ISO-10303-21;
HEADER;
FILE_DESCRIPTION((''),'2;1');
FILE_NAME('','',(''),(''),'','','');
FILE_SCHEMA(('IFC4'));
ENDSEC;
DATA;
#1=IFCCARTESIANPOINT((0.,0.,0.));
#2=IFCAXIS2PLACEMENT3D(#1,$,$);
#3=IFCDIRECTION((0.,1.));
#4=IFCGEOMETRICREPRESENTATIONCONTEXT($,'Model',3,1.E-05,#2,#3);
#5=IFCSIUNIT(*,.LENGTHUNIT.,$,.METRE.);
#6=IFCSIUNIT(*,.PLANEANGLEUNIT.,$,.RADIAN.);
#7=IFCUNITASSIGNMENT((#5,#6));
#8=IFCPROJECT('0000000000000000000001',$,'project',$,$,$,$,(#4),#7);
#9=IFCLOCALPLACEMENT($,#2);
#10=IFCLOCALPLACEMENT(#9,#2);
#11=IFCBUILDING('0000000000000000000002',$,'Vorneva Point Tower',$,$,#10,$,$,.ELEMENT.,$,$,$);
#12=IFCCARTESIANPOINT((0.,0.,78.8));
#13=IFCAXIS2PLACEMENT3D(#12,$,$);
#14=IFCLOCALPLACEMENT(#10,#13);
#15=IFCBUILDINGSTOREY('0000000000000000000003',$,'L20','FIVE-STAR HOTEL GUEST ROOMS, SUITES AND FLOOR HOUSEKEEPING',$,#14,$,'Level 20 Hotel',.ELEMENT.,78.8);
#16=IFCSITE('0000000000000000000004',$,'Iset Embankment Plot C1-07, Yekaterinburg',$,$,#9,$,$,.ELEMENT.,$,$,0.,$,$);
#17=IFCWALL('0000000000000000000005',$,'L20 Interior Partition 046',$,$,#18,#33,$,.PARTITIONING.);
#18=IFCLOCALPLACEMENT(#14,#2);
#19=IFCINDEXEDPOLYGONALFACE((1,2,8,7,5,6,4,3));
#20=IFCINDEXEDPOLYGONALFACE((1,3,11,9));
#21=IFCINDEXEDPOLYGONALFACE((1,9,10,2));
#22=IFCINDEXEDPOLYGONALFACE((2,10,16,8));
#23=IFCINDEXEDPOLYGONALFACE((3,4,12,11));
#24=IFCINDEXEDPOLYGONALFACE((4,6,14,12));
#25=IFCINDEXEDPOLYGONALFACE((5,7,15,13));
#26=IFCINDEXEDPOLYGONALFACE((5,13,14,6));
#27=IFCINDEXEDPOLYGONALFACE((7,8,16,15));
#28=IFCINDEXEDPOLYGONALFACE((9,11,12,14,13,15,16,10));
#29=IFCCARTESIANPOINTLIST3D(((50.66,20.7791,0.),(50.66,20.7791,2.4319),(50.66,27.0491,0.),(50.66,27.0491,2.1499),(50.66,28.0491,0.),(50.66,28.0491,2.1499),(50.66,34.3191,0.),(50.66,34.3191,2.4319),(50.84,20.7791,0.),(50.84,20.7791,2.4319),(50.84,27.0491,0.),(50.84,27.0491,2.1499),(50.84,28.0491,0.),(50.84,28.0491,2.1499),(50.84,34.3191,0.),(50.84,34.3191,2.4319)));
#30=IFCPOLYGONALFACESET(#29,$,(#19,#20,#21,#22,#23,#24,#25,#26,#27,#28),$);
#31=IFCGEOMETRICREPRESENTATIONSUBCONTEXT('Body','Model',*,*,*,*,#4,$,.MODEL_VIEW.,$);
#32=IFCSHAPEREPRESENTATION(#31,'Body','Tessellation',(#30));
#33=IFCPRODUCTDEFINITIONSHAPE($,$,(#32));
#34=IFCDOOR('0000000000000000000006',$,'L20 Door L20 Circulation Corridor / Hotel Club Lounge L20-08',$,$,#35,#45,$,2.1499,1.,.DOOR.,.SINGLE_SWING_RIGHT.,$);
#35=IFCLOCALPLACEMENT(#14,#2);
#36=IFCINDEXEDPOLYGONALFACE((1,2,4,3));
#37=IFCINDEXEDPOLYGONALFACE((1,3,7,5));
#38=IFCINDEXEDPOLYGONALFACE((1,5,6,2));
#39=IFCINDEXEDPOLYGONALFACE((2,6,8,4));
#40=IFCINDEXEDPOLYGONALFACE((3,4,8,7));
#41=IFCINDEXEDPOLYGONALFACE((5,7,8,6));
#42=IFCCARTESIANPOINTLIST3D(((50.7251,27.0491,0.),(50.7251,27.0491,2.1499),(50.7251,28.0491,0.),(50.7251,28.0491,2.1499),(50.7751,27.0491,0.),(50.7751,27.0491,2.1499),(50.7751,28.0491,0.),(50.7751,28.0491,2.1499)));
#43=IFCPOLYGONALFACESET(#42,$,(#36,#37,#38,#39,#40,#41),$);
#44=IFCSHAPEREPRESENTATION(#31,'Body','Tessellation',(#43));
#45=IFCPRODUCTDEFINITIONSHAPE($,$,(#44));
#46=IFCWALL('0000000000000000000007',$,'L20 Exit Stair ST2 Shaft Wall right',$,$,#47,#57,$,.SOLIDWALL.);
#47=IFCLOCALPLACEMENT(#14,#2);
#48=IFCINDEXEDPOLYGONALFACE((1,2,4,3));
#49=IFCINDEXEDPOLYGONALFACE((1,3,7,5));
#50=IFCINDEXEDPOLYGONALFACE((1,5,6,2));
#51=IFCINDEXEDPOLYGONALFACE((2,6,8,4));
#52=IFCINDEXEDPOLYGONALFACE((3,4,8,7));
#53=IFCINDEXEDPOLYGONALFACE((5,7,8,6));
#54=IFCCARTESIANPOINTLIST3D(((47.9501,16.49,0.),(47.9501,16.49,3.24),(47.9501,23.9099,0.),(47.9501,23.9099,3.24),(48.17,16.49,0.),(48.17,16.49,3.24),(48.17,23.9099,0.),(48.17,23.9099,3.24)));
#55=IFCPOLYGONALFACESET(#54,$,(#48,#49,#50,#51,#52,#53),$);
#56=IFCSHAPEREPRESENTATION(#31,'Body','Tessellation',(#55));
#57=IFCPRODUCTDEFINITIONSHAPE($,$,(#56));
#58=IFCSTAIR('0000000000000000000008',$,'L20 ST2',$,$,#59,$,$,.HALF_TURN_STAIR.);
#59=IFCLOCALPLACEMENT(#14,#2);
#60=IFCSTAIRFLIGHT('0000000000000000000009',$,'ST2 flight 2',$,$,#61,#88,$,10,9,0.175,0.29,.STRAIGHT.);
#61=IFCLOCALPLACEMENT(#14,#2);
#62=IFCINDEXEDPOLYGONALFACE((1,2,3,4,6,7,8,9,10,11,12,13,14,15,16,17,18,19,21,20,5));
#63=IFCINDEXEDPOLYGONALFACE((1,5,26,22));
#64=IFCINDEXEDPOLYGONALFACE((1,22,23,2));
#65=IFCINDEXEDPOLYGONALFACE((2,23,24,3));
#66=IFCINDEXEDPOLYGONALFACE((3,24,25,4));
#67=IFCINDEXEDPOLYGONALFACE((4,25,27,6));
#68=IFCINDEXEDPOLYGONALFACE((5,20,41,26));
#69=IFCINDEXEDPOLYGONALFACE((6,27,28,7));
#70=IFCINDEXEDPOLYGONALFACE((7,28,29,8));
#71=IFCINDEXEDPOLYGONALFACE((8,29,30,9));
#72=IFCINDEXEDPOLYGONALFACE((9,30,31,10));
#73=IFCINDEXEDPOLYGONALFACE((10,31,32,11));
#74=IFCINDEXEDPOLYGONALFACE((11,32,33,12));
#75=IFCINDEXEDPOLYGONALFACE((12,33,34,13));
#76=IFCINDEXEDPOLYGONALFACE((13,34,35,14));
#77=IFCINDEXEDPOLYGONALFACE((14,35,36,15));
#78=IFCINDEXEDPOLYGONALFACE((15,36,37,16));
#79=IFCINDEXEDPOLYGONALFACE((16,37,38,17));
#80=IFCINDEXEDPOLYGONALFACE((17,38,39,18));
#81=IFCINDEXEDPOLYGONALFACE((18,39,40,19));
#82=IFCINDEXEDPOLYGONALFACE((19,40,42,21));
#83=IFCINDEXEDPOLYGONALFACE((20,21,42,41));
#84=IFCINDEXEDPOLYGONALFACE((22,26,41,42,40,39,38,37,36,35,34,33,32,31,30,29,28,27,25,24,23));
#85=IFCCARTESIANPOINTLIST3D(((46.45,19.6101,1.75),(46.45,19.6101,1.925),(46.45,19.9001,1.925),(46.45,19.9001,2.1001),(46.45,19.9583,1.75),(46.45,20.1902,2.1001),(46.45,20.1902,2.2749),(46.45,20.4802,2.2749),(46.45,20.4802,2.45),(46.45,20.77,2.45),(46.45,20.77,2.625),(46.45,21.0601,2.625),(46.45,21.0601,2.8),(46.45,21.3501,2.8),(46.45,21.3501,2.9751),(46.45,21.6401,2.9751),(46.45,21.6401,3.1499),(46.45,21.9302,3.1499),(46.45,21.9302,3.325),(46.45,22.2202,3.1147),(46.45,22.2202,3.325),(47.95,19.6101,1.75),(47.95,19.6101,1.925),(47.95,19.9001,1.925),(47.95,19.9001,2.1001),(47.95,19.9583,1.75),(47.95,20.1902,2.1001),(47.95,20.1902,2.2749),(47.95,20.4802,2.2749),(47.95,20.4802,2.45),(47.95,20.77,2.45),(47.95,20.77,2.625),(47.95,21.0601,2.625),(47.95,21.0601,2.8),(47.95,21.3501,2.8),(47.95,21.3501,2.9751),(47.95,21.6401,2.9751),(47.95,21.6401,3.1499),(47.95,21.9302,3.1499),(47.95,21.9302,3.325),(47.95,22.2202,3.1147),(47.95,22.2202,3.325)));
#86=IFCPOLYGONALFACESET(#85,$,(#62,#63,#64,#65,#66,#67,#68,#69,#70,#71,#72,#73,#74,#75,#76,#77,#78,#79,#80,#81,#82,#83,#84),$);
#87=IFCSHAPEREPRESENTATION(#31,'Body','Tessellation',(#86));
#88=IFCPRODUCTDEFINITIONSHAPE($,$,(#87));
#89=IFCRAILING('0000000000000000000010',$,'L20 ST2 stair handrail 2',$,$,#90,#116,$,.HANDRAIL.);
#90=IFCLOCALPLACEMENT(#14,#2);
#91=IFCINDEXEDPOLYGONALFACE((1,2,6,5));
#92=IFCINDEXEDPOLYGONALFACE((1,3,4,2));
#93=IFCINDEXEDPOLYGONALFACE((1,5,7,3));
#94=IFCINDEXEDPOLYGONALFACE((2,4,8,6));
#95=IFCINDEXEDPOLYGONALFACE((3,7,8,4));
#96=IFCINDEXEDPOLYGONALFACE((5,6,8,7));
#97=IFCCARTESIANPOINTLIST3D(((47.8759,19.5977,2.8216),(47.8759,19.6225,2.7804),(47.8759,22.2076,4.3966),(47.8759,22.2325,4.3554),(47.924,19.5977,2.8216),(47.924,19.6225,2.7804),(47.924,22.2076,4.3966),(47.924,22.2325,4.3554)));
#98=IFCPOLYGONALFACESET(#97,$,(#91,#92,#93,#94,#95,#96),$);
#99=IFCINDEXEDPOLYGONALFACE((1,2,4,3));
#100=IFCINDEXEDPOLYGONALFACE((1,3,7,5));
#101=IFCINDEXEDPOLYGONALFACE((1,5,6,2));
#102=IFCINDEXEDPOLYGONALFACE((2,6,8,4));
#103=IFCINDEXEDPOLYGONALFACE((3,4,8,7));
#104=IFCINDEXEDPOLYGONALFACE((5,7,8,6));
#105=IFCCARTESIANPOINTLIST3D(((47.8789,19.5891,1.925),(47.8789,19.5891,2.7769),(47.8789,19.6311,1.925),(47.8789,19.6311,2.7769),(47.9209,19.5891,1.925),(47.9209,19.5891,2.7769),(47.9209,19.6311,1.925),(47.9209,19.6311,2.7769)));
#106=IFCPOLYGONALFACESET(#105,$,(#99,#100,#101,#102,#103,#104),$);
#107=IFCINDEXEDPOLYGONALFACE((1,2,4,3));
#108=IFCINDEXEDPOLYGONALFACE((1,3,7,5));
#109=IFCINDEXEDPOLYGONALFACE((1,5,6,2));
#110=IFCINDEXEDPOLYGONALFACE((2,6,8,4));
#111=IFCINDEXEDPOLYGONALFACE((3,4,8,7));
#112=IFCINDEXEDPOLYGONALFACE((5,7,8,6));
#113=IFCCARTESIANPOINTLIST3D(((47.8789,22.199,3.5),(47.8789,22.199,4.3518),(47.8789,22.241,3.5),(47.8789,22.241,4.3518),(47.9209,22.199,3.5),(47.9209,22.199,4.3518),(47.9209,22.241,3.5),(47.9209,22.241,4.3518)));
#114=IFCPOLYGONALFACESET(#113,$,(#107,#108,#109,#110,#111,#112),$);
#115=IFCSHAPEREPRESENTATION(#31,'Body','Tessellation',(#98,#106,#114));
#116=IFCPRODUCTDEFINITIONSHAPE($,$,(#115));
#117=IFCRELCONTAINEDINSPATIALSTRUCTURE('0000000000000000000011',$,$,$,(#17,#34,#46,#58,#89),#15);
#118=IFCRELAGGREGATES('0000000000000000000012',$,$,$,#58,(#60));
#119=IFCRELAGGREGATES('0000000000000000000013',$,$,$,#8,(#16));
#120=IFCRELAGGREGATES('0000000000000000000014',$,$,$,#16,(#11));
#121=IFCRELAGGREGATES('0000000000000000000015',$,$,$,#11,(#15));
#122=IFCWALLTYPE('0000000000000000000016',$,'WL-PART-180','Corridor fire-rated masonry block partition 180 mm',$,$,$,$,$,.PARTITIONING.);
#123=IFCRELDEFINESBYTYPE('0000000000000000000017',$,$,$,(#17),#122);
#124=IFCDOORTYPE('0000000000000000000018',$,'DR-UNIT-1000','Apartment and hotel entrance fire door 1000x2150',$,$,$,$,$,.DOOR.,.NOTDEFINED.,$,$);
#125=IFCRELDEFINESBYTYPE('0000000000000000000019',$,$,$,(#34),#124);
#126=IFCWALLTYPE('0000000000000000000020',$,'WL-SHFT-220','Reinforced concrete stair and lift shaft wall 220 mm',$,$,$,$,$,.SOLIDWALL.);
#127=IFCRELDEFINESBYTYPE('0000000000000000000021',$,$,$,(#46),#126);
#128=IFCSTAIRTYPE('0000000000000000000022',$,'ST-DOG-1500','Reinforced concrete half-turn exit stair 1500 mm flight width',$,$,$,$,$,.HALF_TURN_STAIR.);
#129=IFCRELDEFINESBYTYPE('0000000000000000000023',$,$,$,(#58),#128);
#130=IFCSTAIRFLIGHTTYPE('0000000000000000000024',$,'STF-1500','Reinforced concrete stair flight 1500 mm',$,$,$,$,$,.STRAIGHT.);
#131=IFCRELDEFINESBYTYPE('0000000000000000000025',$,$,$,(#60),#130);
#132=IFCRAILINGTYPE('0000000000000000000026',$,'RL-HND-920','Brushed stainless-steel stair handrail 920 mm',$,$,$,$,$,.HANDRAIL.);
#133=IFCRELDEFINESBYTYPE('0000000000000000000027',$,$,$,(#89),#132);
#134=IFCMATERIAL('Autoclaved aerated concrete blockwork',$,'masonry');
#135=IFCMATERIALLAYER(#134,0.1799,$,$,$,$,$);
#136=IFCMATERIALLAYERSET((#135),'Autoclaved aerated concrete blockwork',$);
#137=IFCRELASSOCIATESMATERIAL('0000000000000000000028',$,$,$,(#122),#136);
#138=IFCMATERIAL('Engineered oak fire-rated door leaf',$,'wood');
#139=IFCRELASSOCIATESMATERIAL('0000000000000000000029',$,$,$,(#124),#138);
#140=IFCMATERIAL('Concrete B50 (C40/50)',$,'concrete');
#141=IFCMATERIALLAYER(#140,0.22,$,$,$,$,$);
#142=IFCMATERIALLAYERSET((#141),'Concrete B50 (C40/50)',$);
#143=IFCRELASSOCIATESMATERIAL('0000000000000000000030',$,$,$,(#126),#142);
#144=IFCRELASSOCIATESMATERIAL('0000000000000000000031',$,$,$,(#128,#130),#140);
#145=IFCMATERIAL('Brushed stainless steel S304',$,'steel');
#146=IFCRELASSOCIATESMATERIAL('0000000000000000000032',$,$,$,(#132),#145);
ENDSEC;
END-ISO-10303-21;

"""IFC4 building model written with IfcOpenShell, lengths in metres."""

from ifc_helpers import new_model, si_unit, direction, frame, frame_2d, origin, origin_2d, place, context, subcontext, project, spatial, polyline, rectangle, outline, extrude, material, layer, layer_set, type_object, element, fill, aggregate, save


model = new_model("IFC4")

# Units and contexts
model_context = context("Model", 3, precision=1e-05, world=origin(), true_north=direction((0.0, 1.0)))
body_context = subcontext(model_context, "Body", "Model", "MODEL_VIEW")
ifc_project = project(units=[si_unit("LENGTHUNIT", "METRE"), si_unit("PLANEANGLEUNIT", "RADIAN")], contexts=[model_context])

# Site, building, storey
site_placement = place(None, origin())
site = spatial("IfcSite", under=ifc_project, at=site_placement, Name="Iset Embankment Plot C1-07, Yekaterinburg", CompositionType="ELEMENT", RefElevation=0.0)
building_placement = place(site_placement, origin())
building = spatial("IfcBuilding", under=site, at=building_placement, Name="Vorneva Point Tower", CompositionType="ELEMENT")
storey_placement = place(building_placement, frame((0.0, 0.0, 78.8)))
storey = spatial("IfcBuildingStorey", under=building, at=storey_placement, Name="L20", Description="FIVE-STAR HOTEL GUEST ROOMS, SUITES AND FLOOR HOUSEKEEPING", LongName="Level 20 Hotel", CompositionType="ELEMENT", Elevation=78.8)

# Wall, opening, door
ifc_material_1 = material(Name="Autoclaved aerated concrete blockwork", Category="masonry")
ifc_layer_1 = layer(ifc_material_1, 0.1799)
ifc_layer_set_1 = layer_set([ifc_layer_1], Name="Autoclaved aerated concrete blockwork")
wall_type_1 = type_object("IfcWallType", Name="WL-PART-180", Description="Corridor fire-rated masonry block partition 180 mm", PredefinedType="PARTITIONING", material=ifc_layer_set_1)
wall_1_placement = place(storey_placement, frame((50.75, 20.7791, 0.0), z_axis=(0.0, 0.0, 1.0), x_axis=(0.0, 1.0, 0.0)))
wall_1 = element("IfcWall", 1, at=wall_1_placement, inside=storey, type_object=wall_type_1, Name="L20 Interior Partition 046", PredefinedType="PARTITIONING", context=body_context, shape_type="SweptSolid", body=[
    extrude(rectangle(XDim=13.54, YDim=0.1799, at=frame_2d((6.77, 0.0))), origin(), (0.0, 0.0, 1.0), 2.4319),
])
opening_1_placement = place(wall_1_placement, frame((6.27, 0.0, 0.0)))
opening_1 = element("IfcOpeningElement", 2, at=opening_1_placement, cuts=wall_1, PredefinedType="OPENING", context=body_context, shape_type="SweptSolid", body=[
    extrude(rectangle(XDim=1.0, YDim=2.1499, at=frame_2d((0.5, 1.075))), frame((0.0, 0.105, 0.0), z_axis=(0.0, -1.0, 0.0), x_axis=(1.0, 0.0, 0.0)), (0.0, 0.0, 1.0), 0.2097),
])
ifc_material_2 = material(Name="Engineered oak fire-rated door leaf", Category="wood")
door_type_1 = type_object("IfcDoorType", Name="DR-UNIT-1000", Description="Apartment and hotel entrance fire door 1000x2150", OperationType="NOTDEFINED", PredefinedType="DOOR", material=ifc_material_2)
door_1_placement = place(opening_1_placement, origin())
door_1 = element("IfcDoor", 3, at=door_1_placement, inside=storey, type_object=door_type_1, Name="L20 Door L20 Circulation Corridor / Hotel Club Lounge L20-08", OperationType="SINGLE_SWING_RIGHT", OverallHeight=2.1499, OverallWidth=1.0, PredefinedType="DOOR", context=body_context, shape_type="SweptSolid", body=[
    extrude(rectangle(XDim=1.0, YDim=2.1499, at=frame_2d((0.5, 1.075))), frame((0.0, 0.0249, 0.0), z_axis=(0.0, -1.0, 0.0), x_axis=(1.0, 0.0, 0.0)), (0.0, 0.0, 1.0), 0.05),
])
fill(opening_1, door_1)

# Wall
ifc_material_3 = material(Name="Concrete B50 (C40/50)", Category="concrete")
ifc_layer_2 = layer(ifc_material_3, 0.22)
ifc_layer_set_2 = layer_set([ifc_layer_2], Name="Concrete B50 (C40/50)")
wall_type_2 = type_object("IfcWallType", Name="WL-SHFT-220", Description="Reinforced concrete stair and lift shaft wall 220 mm", PredefinedType="SOLIDWALL", material=ifc_layer_set_2)
wall_2_placement = place(storey_placement, frame((48.0601, 23.9099, 0.0), z_axis=(0.0, 0.0, 1.0), x_axis=(0.0, -1.0, 0.0)))
element("IfcWall", 4, at=wall_2_placement, inside=storey, type_object=wall_type_2, Name="L20 Exit Stair ST2 Shaft Wall right", PredefinedType="SOLIDWALL", context=body_context, shape_type="SweptSolid", body=[
    extrude(rectangle(XDim=7.4199, YDim=0.22, at=frame_2d((3.71, 0.0))), origin(), (0.0, 0.0, 1.0), 3.24),
])

# Stair, stair flight
stair_type = type_object("IfcStairType", Name="ST-DOG-1500", Description="Reinforced concrete half-turn exit stair 1500 mm flight width", PredefinedType="HALF_TURN_STAIR", material=ifc_material_3)
stair_placement = place(storey_placement, origin())
stair = element("IfcStair", 5, at=stair_placement, inside=storey, type_object=stair_type, Name="L20 ST2", PredefinedType="HALF_TURN_STAIR")
stair_flight_type = type_object("IfcStairFlightType", Name="STF-1500", Description="Reinforced concrete stair flight 1500 mm", PredefinedType="STRAIGHT", material=ifc_material_3)
stair_flight_placement = place(storey_placement, frame((47.2, 19.6101, 1.75), z_axis=(0.0, 0.0, 1.0), x_axis=(0.0, 1.0, 0.0)))
stair_flight = element("IfcStairFlight", 6, at=stair_flight_placement, type_object=stair_flight_type, Name="ST2 flight 2", NumberOfRisers=10, NumberOfTreads=9, PredefinedType="STRAIGHT", RiserHeight=0.175, TreadLength=0.29, context=body_context, shape_type="SweptSolid", body=[
    extrude(outline(polyline([(0.0, 0.0), (0.0, 0.175), (0.29, 0.175), (0.29, 0.3501), (0.5801, 0.3501), (0.5801, 0.5249), (0.8701, 0.5249), (0.8701, 0.7), (1.1599, 0.7), (1.1599, 0.875), (1.45, 0.875), (1.45, 1.05), (1.74, 1.05), (1.74, 1.2251), (2.03, 1.2251), (2.03, 1.3999), (2.3201, 1.3999), (2.3201, 1.575), (2.6101, 1.575), (2.6101, 1.75), (2.6101, 1.3647), (0.3481, 0.0), (0.0, 0.0)])), frame((0.0, 0.75, 0.0), z_axis=(0.0, -1.0, 0.0), x_axis=(1.0, 0.0, 0.0)), (0.0, 0.0, 1.0), 1.5),
])
aggregate(stair, [stair_flight])

# Railing
ifc_material_4 = material(Name="Brushed stainless steel S304", Category="steel")
railing_type_1 = type_object("IfcRailingType", Name="RL-HND-920", Description="Brushed stainless-steel stair handrail 920 mm", PredefinedType="HANDRAIL", material=ifc_material_4)
railing_1_placement = place(storey_placement, frame((47.8999, 19.6101, 1.925)))
element("IfcRailing", 7, at=railing_1_placement, inside=storey, type_object=railing_type_1, Name="L20 ST2 stair handrail 2", PredefinedType="HANDRAIL", context=body_context, shape_type="SweptSolid", body=[
    extrude(rectangle(XDim=0.0481, YDim=0.0481, at=origin_2d()), frame((0.0, 0.0, 0.876), z_axis=(0.0, 0.856183, 0.516673), x_axis=(-1.0, 0.0, 0.0)), (0.0, 0.0, 1.0), 3.0483),
    extrude(rectangle(XDim=0.042, YDim=0.042, at=origin_2d()), origin(), (0.0, 0.0, 1.0), 0.8518),
    extrude(rectangle(XDim=0.042, YDim=0.042, at=origin_2d()), frame((0.0, 2.6099, 1.575)), (0.0, 0.0, 1.0), 0.8518),
])

save(model, "model.ifc")
